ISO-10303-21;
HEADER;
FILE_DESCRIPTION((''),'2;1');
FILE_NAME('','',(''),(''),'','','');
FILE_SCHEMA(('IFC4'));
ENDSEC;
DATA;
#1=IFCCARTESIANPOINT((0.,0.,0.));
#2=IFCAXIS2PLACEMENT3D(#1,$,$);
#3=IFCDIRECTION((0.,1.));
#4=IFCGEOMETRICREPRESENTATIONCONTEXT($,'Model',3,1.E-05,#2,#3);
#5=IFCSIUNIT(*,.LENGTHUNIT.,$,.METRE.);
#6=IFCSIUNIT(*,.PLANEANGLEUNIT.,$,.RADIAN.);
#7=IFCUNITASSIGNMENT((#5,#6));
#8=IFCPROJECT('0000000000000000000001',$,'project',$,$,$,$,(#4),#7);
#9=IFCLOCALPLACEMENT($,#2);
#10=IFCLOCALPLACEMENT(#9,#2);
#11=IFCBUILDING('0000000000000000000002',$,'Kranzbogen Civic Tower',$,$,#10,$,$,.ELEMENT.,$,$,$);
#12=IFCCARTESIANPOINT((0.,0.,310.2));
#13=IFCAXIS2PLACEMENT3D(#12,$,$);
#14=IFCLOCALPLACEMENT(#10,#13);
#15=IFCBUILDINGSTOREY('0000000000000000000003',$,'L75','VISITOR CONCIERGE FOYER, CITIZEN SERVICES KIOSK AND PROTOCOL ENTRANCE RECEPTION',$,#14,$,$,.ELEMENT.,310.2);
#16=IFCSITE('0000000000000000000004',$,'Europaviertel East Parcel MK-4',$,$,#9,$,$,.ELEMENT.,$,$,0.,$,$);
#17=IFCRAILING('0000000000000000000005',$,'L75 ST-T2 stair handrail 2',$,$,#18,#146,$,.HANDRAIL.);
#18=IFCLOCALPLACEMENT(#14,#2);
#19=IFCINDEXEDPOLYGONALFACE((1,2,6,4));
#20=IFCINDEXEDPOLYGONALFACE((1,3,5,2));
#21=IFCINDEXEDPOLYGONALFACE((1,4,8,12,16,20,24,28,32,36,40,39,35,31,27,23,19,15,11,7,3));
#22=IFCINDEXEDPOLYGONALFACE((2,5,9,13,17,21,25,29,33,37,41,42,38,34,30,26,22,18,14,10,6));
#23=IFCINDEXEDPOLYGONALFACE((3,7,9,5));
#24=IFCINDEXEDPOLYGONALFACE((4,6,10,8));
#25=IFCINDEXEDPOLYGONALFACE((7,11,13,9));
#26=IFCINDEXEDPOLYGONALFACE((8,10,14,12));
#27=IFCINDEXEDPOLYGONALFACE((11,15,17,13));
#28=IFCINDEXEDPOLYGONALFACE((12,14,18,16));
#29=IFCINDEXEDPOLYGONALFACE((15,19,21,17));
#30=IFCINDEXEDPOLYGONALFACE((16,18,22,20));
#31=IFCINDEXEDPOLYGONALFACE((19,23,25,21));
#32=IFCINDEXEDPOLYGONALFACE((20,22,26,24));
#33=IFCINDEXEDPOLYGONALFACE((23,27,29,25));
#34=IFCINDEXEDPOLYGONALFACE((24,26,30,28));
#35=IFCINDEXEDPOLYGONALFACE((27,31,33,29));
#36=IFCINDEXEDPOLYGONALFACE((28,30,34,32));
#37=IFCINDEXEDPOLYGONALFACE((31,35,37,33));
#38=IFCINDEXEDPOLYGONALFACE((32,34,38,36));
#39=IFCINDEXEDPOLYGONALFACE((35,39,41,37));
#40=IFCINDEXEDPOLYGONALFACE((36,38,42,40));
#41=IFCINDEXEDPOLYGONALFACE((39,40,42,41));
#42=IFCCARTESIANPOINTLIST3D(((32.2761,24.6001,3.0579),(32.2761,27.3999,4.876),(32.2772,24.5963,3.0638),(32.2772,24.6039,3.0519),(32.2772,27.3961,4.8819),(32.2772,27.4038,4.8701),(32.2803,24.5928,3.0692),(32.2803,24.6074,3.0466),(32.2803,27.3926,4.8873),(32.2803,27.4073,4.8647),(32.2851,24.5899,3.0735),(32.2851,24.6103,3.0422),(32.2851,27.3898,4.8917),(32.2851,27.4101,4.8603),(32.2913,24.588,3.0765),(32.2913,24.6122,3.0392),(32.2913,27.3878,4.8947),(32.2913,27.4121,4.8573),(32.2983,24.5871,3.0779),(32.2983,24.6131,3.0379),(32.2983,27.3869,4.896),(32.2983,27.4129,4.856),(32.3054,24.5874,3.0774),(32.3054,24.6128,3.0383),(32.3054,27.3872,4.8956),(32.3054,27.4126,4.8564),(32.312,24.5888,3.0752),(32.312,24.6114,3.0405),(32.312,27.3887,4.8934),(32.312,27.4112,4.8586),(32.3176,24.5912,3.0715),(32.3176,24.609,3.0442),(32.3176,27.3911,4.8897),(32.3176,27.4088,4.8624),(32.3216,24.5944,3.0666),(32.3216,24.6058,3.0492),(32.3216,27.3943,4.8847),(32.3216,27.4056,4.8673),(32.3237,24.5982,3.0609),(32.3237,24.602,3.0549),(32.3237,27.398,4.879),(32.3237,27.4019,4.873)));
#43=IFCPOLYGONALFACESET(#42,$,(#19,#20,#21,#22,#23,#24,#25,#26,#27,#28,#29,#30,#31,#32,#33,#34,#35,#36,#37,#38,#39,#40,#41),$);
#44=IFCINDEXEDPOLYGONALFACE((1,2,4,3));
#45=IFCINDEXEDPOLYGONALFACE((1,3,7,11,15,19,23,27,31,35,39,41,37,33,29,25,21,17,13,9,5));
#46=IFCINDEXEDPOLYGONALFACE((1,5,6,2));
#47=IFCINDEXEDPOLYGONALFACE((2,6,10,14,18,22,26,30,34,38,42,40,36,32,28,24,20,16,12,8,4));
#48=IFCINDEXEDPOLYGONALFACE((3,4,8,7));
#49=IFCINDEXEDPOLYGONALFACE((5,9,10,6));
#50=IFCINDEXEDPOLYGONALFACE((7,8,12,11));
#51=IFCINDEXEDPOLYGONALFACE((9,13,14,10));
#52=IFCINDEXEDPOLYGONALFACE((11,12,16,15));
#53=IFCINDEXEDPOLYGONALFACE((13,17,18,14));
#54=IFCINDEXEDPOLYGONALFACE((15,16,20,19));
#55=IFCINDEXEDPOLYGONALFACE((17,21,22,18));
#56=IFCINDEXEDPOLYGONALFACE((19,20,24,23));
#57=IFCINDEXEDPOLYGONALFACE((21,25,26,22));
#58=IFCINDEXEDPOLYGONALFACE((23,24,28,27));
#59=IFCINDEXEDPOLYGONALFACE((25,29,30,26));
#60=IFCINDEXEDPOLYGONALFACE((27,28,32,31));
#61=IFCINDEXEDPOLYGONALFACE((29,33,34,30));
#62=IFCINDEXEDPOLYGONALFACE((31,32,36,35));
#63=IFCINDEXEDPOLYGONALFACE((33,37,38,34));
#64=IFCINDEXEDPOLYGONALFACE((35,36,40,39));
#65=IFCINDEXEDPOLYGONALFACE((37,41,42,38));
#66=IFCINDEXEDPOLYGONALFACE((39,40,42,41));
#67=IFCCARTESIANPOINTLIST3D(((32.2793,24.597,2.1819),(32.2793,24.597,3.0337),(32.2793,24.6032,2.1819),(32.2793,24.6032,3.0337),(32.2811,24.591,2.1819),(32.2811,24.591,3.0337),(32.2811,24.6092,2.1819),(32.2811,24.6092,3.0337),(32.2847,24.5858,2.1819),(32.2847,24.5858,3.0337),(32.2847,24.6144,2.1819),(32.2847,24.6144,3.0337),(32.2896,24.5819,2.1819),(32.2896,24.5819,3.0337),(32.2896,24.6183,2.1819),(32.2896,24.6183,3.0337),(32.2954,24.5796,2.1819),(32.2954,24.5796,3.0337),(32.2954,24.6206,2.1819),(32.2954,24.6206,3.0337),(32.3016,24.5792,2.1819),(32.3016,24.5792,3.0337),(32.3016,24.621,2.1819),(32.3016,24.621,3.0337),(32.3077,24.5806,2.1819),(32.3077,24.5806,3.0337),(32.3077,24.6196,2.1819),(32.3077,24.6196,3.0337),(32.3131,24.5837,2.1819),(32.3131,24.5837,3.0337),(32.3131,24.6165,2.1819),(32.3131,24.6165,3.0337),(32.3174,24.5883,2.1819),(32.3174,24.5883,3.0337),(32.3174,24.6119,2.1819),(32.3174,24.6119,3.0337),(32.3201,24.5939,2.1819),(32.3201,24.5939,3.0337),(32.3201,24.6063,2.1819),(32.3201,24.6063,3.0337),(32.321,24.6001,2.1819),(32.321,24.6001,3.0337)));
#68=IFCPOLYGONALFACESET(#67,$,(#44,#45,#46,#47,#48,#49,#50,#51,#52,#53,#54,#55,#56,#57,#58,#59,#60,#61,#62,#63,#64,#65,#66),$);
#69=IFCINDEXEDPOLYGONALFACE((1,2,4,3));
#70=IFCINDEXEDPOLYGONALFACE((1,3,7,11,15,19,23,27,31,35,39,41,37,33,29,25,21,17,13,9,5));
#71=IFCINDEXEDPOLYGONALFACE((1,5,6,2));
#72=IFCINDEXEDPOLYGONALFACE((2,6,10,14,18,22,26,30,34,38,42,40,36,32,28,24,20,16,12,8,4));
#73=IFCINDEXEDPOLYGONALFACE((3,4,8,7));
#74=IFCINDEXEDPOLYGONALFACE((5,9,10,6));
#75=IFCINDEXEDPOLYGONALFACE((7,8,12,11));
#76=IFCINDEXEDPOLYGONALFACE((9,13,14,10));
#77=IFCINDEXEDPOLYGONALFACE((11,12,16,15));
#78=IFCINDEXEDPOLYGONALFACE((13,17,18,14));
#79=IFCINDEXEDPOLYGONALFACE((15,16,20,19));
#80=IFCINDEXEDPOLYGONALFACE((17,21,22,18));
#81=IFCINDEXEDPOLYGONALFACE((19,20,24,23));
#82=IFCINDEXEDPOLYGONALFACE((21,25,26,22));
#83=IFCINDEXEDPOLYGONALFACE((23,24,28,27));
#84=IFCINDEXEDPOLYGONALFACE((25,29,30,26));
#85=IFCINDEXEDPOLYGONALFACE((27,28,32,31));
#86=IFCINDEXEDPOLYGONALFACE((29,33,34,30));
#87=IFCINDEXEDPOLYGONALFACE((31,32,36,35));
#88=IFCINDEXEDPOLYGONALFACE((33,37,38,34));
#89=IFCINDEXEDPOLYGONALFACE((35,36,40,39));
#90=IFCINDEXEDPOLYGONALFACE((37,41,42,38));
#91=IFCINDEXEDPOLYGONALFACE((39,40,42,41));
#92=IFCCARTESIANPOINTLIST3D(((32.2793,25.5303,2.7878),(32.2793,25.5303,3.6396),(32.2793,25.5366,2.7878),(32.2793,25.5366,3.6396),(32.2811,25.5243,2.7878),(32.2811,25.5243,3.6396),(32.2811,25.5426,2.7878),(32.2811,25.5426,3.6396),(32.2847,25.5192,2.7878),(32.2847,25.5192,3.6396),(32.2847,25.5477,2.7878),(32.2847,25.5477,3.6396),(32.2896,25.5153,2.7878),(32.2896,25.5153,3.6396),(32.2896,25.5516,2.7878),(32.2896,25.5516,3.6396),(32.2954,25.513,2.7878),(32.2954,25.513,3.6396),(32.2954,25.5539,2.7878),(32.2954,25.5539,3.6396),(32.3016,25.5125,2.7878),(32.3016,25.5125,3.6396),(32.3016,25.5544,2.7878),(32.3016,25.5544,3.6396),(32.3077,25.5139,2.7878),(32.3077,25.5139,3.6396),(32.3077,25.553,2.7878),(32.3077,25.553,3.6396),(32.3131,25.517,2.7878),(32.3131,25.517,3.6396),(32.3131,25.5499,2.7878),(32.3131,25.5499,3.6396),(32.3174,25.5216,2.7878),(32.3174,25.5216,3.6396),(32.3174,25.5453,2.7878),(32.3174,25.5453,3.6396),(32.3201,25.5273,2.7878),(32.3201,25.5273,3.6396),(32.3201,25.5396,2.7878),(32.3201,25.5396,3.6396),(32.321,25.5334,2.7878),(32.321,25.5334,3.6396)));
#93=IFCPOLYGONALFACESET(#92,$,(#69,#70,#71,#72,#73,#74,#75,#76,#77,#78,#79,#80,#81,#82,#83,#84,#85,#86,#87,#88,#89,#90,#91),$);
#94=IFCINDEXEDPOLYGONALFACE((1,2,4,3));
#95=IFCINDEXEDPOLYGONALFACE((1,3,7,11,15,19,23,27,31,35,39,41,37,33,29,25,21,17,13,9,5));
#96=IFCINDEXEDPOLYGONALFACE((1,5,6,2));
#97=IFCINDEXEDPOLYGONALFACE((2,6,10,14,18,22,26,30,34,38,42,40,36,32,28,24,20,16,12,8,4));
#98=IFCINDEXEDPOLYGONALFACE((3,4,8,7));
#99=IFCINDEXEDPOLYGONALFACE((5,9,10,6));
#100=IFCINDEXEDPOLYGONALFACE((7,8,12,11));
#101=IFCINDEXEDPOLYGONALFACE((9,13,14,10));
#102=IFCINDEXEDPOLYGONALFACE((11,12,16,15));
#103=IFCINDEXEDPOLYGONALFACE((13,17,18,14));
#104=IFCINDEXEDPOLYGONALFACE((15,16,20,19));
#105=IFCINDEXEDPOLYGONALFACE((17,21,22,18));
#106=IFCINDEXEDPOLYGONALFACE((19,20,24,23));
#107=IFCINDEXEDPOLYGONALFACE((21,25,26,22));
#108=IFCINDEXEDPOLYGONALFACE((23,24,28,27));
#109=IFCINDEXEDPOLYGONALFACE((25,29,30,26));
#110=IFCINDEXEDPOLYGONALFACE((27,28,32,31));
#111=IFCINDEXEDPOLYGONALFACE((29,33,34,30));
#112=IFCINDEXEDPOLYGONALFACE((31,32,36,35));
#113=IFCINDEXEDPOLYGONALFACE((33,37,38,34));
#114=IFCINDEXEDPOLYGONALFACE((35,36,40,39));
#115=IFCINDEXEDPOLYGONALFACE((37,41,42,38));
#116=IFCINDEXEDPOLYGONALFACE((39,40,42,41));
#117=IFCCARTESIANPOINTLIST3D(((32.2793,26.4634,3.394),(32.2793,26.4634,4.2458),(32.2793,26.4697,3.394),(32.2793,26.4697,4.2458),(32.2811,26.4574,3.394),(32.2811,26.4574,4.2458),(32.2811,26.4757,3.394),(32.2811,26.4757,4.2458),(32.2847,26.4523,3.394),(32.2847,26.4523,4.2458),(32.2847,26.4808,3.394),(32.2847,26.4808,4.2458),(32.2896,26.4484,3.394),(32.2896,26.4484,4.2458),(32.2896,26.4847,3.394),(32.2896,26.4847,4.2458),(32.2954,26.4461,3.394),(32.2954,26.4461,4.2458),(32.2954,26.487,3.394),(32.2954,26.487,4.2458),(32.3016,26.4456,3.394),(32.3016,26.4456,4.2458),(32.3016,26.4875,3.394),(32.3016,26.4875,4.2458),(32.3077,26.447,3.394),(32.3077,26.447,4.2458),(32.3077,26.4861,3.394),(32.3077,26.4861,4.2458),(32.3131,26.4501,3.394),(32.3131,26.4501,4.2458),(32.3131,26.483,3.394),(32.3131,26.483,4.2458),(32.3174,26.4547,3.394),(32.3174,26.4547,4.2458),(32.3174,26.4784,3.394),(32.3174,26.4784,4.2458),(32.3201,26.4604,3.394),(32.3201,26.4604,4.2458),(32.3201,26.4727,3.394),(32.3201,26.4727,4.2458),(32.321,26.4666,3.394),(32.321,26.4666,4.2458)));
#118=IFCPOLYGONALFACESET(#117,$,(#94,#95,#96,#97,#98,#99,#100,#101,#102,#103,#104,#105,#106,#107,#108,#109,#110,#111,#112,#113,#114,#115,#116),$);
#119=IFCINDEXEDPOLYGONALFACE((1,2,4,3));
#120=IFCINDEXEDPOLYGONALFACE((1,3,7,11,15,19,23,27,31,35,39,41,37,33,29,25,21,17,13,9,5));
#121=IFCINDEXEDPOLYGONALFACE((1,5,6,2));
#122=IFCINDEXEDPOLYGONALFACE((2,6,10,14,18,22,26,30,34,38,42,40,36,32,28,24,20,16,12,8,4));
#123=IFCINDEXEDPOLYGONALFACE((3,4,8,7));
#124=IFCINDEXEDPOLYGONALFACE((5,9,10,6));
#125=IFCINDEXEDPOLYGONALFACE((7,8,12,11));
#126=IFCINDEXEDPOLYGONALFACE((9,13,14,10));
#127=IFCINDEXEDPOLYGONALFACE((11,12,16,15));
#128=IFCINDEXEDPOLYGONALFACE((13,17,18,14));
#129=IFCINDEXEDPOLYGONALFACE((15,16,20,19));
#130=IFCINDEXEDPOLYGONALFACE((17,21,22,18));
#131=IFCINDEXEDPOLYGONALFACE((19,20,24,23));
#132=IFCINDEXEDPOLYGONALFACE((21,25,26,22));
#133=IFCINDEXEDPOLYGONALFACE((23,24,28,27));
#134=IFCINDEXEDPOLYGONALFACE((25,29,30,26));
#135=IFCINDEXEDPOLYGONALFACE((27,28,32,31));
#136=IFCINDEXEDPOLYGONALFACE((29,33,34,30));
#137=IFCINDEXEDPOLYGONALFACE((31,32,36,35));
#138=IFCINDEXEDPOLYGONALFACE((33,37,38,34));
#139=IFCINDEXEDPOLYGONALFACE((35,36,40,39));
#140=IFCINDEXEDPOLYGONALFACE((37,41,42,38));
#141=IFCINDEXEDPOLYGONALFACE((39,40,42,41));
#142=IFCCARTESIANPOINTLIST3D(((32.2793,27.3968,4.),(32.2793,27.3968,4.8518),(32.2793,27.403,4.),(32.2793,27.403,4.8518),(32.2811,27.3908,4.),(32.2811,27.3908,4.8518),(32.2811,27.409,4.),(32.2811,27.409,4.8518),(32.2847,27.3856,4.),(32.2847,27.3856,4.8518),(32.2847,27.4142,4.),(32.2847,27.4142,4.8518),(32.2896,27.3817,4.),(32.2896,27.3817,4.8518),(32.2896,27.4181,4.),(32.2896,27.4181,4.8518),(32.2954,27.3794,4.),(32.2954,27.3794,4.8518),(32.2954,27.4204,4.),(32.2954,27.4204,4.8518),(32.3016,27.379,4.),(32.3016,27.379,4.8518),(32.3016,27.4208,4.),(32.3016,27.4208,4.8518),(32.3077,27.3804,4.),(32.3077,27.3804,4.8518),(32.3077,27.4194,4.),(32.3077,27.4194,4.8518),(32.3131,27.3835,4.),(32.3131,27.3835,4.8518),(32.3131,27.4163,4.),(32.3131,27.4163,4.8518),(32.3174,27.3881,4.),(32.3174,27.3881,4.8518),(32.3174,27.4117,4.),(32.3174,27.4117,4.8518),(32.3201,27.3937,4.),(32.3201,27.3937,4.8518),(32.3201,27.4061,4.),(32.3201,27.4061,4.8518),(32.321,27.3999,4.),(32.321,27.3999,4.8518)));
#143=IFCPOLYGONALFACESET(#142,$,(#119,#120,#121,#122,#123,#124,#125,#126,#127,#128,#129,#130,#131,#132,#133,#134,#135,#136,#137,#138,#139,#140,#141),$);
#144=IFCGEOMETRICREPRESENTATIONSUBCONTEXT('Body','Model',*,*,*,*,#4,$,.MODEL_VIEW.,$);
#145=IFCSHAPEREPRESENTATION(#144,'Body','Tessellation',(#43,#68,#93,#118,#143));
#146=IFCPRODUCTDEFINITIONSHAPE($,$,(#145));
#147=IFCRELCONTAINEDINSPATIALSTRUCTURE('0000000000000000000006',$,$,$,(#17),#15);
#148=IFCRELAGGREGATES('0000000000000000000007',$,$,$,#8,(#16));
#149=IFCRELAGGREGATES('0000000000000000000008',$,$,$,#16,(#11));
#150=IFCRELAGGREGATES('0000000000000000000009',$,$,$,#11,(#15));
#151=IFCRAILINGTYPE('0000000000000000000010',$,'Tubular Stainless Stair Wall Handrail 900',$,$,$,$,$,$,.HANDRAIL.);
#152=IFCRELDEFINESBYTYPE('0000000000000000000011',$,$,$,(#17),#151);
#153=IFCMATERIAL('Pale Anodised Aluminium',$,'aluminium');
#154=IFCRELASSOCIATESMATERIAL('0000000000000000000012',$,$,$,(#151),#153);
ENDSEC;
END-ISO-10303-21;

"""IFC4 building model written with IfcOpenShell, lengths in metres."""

from ifc_helpers import new_model, si_unit, direction, frame, origin, origin_2d, place, context, subcontext, project, spatial, circle, extrude, material, type_object, element, save


model = new_model("IFC4")

# Units and contexts
model_context = context("Model", 3, precision=1e-05, world=origin(), true_north=direction((0.0, 1.0)))
body_context = subcontext(model_context, "Body", "Model", "MODEL_VIEW")
ifc_project = project(units=[si_unit("LENGTHUNIT", "METRE"), si_unit("PLANEANGLEUNIT", "RADIAN")], contexts=[model_context])

# Site, building, storey
site_placement = place(None, origin())
site = spatial("IfcSite", under=ifc_project, at=site_placement, Name="Europaviertel East Parcel MK-4", CompositionType="ELEMENT", RefElevation=0.0)
building_placement = place(site_placement, origin())
building = spatial("IfcBuilding", under=site, at=building_placement, Name="Kranzbogen Civic Tower", CompositionType="ELEMENT")
storey_placement = place(building_placement, frame((0.0, 0.0, 310.2)))
storey = spatial("IfcBuildingStorey", under=building, at=storey_placement, Name="L75", Description="VISITOR CONCIERGE FOYER, CITIZEN SERVICES KIOSK AND PROTOCOL ENTRANCE RECEPTION", CompositionType="ELEMENT", Elevation=310.2)

# Shared definitions
ifc_material_1 = material(Name="Pale Anodised Aluminium", Category="aluminium")

# Railing
railing_type_1 = type_object("IfcRailingType", Name="Tubular Stainless Stair Wall Handrail 900", PredefinedType="HANDRAIL", material=ifc_material_1)
railing_1_placement = place(storey_placement, frame((32.3, 24.6001, 2.1819)))
element("IfcRailing", 1, at=railing_1_placement, inside=storey, type_object=railing_type_1, Name="L75 ST-T2 stair handrail 2", PredefinedType="HANDRAIL", context=body_context, shape_type="SweptSolid", body=[
    extrude(circle(Radius=0.0239, at=origin_2d()), frame((0.0, 0.0, 0.876), z_axis=(0.0, 0.838684, 0.544618), x_axis=(-1.0, 0.0, 0.0)), (0.0, 0.0, 1.0), 3.3384),
    extrude(circle(Radius=0.021, at=origin_2d()), origin(), (0.0, 0.0, 1.0), 0.8518),
    extrude(circle(Radius=0.021, at=origin_2d()), frame((0.0, 0.9333, 0.606)), (0.0, 0.0, 1.0), 0.8518),
    extrude(circle(Radius=0.021, at=origin_2d()), frame((0.0, 1.8665, 1.2122)), (0.0, 0.0, 1.0), 0.8518),
    extrude(circle(Radius=0.021, at=origin_2d()), frame((0.0, 2.7998, 1.8181)), (0.0, 0.0, 1.0), 0.8518),
])

save(model, "model.ifc")
